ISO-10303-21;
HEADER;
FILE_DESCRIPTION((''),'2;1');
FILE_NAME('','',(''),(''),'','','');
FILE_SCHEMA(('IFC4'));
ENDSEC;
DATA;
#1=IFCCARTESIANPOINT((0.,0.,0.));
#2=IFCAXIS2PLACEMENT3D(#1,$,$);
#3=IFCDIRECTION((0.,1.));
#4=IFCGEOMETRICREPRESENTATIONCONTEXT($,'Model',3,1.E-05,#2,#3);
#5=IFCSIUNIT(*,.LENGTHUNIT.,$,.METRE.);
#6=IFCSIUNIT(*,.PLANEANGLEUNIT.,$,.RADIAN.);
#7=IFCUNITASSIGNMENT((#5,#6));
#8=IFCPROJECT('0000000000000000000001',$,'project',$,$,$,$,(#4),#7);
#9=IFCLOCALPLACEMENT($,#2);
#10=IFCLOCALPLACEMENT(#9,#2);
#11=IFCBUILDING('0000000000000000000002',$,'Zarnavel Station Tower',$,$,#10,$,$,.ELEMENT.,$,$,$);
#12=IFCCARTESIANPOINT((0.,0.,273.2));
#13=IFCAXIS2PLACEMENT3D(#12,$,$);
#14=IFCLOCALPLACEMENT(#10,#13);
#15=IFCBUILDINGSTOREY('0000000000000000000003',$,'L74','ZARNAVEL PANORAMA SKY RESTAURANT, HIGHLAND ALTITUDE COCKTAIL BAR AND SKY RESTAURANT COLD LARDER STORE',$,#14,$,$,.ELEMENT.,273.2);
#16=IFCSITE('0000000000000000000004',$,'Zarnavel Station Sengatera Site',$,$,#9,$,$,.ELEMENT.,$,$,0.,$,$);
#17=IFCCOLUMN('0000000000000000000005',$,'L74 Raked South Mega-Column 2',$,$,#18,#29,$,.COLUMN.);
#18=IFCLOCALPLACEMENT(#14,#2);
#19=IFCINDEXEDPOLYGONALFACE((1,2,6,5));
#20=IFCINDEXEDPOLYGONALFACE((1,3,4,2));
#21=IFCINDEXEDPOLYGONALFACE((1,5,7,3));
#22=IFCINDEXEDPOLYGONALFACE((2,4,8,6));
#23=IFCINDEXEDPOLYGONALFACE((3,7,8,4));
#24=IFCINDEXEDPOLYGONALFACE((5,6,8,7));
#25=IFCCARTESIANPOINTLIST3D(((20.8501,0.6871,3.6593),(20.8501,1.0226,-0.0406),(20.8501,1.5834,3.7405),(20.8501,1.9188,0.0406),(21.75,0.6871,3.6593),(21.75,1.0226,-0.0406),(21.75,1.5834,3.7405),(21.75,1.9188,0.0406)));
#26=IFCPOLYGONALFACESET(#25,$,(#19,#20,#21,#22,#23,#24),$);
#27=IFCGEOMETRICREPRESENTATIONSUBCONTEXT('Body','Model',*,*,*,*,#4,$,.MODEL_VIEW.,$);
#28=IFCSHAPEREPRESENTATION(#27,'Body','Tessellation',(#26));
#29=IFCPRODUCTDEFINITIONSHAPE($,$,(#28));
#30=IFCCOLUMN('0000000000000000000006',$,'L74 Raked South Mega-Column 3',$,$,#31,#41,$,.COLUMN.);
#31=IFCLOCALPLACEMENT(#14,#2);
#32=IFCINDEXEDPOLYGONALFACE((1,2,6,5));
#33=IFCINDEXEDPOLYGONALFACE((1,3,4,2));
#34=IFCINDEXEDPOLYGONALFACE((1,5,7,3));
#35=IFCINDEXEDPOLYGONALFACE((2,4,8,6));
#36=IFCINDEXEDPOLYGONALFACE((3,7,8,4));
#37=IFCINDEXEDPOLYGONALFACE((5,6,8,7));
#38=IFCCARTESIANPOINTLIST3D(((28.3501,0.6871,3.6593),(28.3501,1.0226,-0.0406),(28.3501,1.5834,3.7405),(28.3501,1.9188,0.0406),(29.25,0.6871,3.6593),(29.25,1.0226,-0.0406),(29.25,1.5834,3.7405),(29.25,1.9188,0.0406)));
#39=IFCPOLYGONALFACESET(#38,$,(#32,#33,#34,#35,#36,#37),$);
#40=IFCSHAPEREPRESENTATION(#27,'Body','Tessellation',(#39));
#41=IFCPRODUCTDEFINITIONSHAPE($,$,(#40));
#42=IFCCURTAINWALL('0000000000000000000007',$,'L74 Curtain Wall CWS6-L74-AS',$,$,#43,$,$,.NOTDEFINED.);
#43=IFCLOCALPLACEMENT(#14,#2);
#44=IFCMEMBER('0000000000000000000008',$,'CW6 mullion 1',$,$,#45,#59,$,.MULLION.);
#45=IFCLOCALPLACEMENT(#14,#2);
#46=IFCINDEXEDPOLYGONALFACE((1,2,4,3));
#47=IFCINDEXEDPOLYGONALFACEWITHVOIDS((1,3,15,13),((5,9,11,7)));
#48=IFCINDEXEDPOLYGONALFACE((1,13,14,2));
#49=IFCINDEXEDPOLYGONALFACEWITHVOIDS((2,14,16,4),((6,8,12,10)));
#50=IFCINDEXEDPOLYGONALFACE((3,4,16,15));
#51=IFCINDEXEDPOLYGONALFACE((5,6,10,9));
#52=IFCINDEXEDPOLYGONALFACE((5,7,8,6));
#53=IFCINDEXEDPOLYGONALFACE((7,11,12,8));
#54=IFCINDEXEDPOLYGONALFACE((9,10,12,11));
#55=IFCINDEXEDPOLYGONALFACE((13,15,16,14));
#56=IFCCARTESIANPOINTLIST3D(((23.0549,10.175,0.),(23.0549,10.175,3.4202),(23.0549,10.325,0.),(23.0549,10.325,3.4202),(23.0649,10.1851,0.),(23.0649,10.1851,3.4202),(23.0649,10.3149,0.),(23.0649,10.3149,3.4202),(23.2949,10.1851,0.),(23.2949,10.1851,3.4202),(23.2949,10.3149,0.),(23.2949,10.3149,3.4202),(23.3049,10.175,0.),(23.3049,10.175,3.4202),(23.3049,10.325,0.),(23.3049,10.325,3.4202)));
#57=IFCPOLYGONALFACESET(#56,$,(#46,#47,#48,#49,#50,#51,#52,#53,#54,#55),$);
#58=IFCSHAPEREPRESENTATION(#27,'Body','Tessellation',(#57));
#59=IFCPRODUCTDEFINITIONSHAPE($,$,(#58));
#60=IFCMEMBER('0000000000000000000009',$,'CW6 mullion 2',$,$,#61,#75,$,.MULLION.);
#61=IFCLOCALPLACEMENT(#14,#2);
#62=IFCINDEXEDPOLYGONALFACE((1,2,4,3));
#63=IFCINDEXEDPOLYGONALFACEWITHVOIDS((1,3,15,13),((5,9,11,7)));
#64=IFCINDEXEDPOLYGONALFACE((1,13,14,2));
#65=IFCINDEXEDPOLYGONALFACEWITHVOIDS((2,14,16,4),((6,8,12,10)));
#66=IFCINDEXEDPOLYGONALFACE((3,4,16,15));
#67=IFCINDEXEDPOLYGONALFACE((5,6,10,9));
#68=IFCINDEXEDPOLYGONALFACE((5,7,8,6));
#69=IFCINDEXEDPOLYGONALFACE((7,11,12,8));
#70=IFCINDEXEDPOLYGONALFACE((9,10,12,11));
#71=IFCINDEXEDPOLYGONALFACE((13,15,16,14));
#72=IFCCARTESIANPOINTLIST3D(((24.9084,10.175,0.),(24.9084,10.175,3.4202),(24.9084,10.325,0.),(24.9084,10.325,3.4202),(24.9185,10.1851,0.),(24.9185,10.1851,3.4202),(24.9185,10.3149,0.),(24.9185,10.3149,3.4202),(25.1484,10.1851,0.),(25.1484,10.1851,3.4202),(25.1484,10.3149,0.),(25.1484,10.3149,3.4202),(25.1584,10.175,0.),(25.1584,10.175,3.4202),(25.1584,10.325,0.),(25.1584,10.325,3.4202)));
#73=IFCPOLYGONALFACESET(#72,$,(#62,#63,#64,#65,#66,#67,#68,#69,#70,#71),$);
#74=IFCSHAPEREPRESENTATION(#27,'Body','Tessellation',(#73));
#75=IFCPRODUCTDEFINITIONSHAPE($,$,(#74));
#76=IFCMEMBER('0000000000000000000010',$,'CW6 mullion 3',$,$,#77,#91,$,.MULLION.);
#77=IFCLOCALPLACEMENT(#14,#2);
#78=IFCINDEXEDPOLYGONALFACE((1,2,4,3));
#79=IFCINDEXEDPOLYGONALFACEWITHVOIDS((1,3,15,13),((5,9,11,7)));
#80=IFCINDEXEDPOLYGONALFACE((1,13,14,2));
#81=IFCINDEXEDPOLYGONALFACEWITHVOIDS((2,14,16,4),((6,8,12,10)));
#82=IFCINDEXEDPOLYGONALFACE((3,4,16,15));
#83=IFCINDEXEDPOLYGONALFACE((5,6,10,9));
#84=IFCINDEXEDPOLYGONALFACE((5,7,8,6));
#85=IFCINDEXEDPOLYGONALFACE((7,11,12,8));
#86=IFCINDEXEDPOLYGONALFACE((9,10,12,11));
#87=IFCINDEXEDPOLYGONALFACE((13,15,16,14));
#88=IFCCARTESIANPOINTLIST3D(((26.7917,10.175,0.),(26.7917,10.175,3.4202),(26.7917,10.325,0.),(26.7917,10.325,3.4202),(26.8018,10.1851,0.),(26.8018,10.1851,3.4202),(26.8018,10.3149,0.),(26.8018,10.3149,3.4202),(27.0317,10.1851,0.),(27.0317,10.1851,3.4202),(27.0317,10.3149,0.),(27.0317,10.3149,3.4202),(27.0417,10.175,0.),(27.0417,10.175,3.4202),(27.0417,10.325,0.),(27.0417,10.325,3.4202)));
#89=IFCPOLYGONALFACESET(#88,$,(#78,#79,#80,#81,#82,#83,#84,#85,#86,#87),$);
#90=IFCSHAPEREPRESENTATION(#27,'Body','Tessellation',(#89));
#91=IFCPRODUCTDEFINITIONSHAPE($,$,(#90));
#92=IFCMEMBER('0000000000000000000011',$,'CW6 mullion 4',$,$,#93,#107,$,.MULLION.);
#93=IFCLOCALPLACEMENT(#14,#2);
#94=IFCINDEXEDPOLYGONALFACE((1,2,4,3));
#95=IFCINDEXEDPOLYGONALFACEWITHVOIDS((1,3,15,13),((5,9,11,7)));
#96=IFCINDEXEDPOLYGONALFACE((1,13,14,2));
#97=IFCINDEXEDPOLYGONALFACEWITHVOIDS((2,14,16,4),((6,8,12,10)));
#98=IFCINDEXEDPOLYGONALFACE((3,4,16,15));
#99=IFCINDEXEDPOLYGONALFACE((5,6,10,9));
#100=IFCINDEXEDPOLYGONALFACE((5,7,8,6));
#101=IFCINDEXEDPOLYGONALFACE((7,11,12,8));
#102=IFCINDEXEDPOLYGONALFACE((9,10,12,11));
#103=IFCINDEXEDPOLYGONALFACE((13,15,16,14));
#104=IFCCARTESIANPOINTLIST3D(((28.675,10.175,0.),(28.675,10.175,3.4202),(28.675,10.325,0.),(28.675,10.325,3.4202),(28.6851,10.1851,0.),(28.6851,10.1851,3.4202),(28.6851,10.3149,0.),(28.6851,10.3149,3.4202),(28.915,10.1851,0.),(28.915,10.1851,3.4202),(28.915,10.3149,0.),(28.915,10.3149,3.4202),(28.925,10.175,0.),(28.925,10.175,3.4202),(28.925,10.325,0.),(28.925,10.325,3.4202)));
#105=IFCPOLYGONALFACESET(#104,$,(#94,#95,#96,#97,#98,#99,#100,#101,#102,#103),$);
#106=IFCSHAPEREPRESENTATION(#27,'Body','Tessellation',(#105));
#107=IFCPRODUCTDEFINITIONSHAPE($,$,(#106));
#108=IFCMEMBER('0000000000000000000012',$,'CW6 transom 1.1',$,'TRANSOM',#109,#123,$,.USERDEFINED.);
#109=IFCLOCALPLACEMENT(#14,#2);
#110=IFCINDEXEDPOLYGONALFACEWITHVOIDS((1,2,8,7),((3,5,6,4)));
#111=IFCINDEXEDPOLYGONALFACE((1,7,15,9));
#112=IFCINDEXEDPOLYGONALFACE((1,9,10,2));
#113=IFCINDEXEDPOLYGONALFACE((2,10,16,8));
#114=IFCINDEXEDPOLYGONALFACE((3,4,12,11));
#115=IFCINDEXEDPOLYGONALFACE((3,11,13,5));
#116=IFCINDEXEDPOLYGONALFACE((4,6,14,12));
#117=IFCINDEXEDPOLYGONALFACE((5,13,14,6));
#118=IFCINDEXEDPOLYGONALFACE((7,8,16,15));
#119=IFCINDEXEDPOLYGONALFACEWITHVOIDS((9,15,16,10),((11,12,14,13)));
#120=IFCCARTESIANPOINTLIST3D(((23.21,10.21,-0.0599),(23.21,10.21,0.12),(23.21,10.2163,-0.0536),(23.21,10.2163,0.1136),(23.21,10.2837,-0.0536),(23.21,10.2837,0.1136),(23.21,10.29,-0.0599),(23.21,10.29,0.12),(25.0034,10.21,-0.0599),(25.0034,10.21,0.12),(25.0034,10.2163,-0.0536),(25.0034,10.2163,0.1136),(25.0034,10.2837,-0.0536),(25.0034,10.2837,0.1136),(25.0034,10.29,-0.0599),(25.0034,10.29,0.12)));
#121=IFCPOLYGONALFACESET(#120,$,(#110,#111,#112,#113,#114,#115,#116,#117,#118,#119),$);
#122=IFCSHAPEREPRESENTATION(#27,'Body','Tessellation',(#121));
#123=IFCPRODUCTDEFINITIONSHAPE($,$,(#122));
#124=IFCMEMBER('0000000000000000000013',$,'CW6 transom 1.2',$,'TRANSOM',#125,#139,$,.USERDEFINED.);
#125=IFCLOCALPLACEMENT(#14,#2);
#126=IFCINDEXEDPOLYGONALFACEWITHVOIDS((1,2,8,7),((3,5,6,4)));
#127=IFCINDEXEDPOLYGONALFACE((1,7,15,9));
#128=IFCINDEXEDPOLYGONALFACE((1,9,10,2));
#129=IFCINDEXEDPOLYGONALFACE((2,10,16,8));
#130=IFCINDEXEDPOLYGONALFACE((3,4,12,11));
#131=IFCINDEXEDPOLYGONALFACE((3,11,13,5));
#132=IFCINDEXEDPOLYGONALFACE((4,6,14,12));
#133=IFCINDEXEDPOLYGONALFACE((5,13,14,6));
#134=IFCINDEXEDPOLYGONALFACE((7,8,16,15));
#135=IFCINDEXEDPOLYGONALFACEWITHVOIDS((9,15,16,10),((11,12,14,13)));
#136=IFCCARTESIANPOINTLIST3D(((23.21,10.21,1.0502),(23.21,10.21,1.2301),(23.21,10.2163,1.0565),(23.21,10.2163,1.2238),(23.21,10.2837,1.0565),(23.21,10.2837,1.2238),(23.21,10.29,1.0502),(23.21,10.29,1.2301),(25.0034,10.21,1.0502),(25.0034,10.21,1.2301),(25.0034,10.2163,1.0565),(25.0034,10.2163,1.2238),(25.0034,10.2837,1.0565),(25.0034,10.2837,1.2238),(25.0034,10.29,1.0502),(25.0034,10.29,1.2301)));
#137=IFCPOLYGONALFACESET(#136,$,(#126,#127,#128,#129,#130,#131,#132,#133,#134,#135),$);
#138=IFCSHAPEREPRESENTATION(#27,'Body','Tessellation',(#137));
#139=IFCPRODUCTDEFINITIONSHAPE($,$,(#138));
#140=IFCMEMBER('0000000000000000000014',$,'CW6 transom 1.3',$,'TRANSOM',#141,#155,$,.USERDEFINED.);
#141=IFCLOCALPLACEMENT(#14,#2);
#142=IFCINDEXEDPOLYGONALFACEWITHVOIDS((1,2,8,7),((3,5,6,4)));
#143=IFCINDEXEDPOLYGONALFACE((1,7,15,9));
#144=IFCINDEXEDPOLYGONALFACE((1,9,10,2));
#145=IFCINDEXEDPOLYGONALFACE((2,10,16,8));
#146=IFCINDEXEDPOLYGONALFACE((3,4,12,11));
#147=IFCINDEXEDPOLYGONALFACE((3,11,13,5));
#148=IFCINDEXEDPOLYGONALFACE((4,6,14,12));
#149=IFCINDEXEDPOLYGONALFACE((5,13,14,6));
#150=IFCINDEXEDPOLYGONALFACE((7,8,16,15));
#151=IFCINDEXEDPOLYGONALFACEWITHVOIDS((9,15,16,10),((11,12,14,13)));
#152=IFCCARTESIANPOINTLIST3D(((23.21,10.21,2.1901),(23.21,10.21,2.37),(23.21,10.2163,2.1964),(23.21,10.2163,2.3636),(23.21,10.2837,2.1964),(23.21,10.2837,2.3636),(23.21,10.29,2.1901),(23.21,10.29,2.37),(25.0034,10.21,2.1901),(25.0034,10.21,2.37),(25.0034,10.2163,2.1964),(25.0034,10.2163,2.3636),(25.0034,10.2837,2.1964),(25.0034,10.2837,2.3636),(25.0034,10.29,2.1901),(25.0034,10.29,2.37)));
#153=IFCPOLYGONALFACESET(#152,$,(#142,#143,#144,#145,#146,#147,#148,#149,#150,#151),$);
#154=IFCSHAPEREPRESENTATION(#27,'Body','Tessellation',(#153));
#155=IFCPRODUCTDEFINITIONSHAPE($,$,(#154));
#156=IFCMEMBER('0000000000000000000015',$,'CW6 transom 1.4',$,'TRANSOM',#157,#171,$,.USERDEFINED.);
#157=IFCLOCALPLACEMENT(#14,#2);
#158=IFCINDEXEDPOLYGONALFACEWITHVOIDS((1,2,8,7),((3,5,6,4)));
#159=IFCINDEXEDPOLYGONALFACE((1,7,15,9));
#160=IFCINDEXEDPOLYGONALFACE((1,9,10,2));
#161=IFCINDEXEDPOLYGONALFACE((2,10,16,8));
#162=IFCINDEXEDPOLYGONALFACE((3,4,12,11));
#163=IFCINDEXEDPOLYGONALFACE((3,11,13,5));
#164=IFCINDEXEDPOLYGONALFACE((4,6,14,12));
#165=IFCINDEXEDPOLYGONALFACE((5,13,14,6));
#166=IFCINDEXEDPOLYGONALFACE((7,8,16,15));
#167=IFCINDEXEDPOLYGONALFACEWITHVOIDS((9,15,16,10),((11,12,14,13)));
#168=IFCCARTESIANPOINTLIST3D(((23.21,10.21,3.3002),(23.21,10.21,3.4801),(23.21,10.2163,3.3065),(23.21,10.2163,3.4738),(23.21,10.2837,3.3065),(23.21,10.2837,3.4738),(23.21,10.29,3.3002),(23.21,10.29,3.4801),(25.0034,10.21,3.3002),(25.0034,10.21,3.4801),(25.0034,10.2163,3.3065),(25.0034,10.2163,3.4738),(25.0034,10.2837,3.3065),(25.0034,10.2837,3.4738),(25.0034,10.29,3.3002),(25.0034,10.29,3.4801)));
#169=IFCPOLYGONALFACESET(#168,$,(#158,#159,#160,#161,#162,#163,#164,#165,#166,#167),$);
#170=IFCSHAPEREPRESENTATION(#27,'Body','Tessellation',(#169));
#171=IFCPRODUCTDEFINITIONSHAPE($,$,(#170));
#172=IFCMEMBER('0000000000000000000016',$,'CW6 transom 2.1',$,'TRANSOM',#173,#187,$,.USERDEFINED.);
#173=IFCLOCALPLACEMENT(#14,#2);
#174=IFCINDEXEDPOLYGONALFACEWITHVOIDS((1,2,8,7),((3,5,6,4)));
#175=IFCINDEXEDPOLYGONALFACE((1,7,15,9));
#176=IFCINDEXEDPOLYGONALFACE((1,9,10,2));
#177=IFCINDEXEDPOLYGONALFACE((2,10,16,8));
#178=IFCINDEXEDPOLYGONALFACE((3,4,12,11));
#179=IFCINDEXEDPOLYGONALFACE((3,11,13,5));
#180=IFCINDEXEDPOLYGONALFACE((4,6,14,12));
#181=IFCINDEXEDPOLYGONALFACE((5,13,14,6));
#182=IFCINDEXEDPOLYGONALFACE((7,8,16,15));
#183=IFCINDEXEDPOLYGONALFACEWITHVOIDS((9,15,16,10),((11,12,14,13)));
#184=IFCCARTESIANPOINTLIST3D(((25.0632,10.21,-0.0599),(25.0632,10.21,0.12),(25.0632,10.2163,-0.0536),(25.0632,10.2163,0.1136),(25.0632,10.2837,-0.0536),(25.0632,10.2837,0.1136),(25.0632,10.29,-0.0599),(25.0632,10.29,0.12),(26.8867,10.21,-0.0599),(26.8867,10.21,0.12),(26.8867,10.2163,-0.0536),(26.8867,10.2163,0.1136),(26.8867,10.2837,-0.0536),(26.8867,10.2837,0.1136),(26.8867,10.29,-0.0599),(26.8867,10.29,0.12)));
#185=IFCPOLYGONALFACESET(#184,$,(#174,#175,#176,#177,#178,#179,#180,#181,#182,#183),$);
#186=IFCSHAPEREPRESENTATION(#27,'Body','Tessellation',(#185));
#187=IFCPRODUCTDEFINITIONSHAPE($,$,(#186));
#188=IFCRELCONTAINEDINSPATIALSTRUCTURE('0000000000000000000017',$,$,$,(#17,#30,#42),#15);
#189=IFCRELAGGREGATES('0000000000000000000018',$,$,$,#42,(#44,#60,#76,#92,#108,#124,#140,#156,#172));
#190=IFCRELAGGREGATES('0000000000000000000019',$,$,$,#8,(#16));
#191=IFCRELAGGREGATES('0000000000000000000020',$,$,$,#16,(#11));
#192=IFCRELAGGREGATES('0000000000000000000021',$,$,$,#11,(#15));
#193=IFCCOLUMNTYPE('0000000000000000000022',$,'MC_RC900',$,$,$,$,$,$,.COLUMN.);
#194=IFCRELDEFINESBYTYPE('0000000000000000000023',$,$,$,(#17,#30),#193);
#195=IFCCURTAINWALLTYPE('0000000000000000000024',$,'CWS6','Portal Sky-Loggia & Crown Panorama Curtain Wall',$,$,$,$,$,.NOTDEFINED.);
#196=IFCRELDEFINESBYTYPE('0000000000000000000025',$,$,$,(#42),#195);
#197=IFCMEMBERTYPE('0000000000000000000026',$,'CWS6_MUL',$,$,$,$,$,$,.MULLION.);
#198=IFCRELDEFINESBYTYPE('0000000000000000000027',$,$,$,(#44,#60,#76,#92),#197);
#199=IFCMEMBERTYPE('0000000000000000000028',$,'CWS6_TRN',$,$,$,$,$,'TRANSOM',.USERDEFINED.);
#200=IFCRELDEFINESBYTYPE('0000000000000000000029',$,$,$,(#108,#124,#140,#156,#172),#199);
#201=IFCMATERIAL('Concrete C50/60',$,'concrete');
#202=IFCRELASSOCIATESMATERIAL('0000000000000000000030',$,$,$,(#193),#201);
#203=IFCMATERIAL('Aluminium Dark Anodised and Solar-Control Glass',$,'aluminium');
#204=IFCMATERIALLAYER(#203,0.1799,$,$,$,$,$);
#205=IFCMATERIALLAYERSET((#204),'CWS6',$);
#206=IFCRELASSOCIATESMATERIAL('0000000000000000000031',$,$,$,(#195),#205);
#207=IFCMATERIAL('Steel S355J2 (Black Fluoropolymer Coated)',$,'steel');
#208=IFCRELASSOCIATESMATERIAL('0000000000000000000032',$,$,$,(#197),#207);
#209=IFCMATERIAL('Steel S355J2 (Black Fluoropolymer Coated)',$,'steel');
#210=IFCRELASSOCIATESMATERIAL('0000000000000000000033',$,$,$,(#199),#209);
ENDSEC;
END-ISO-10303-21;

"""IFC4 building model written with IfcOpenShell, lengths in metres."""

from ifc_helpers import new_model, si_unit, direction, frame, origin, origin_2d, place, context, subcontext, project, spatial, rectangle, hollow_rectangle, extrude, material, layer, layer_set, material_profile, profile_set, type_object, element, aggregate, save


model = new_model("IFC4")

# Units and contexts
model_context = context("Model", 3, precision=1e-05, world=origin(), true_north=direction((0.0, 1.0)))
body_context = subcontext(model_context, "Body", "Model", "MODEL_VIEW")
ifc_project = project(units=[si_unit("LENGTHUNIT", "METRE"), si_unit("PLANEANGLEUNIT", "RADIAN")], contexts=[model_context])

# Site, building, storey
site_placement = place(None, origin())
site = spatial("IfcSite", under=ifc_project, at=site_placement, Name="Zarnavel Station Sengatera Site", CompositionType="ELEMENT", RefElevation=0.0)
building_placement = place(site_placement, origin())
building = spatial("IfcBuilding", under=site, at=building_placement, Name="Zarnavel Station Tower", CompositionType="ELEMENT")
storey_placement = place(building_placement, frame((0.0, 0.0, 273.2)))
storey = spatial("IfcBuildingStorey", under=building, at=storey_placement, Name="L74", Description="ZARNAVEL PANORAMA SKY RESTAURANT, HIGHLAND ALTITUDE COCKTAIL BAR AND SKY RESTAURANT COLD LARDER STORE", CompositionType="ELEMENT", Elevation=273.2)

# Columns
ifc_material_1 = material(Name="Concrete C50/60", Category="concrete")
ifc_material_profile_1 = material_profile(ifc_material_1, rectangle(XDim=0.8999, YDim=0.8999, at=origin_2d()), Name="RC900x900")
ifc_profile_set_1 = profile_set([ifc_material_profile_1], Name="Concrete C50/60")
column_type = type_object("IfcColumnType", Name="MC_RC900", PredefinedType="COLUMN", material=ifc_profile_set_1)
for number, where, z_axis, x_axis, name in (
    (1, (21.3, 1.4707, 0.0), (0.0, -0.090293, 0.995915), (1.0, 0.0, 0.0), "L74 Raked South Mega-Column 2"),
    (2, (28.8, 1.4707, 0.0), (0.0, -0.090293, 0.995915), (1.0, 0.0, 0.0), "L74 Raked South Mega-Column 3"),
):
    element("IfcColumn", number, at=place(storey_placement, frame(where, z_axis=z_axis, x_axis=x_axis)), inside=storey, type_object=column_type, Name=name, PredefinedType="COLUMN", context=body_context, shape_type="SweptSolid", body=[
        extrude(rectangle(XDim=0.8999, YDim=0.8999, at=origin_2d()), origin(), (0.0, 0.0, 1.0), 3.7151),
    ])

# Curtain wall, members
ifc_material_2 = material(Name="Aluminium Dark Anodised and Solar-Control Glass", Category="aluminium")
ifc_layer_1 = layer(ifc_material_2, 0.1799)
ifc_layer_set_1 = layer_set([ifc_layer_1], Name="CWS6")
curtain_wall_type = type_object("IfcCurtainWallType", Name="CWS6", Description="Portal Sky-Loggia & Crown Panorama Curtain Wall", PredefinedType="NOTDEFINED", material=ifc_layer_set_1)
curtain_wall_placement = place(storey_placement, origin())
curtain_wall = element("IfcCurtainWall", 3, at=curtain_wall_placement, inside=storey, type_object=curtain_wall_type, Name="L74 Curtain Wall CWS6-L74-AS", PredefinedType="NOTDEFINED")
ifc_material_3 = material(Name="Steel S355J2 (Black Fluoropolymer Coated)", Category="steel")
ifc_material_profile_2 = material_profile(ifc_material_3, hollow_rectangle(XDim=0.1499, YDim=0.25, WallThickness=0.01, at=origin_2d()), Name="RHS250x150x10")
ifc_profile_set_2 = profile_set([ifc_material_profile_2], Name="Steel S355J2 (Black Fluoropolymer Coated)")
member_type_1 = type_object("IfcMemberType", Name="CWS6_MUL", PredefinedType="MULLION", material=ifc_profile_set_2)
member_1_placement = place(storey_placement, frame((23.1799, 10.25, 0.0), z_axis=(0.0, 0.0, 1.0), x_axis=(0.0, 1.0, 0.0)))
member_1 = element("IfcMember", 4, at=member_1_placement, type_object=member_type_1, Name="CW6 mullion 1", PredefinedType="MULLION", context=body_context, shape_type="SweptSolid", body=[
    extrude(hollow_rectangle(XDim=0.1499, YDim=0.25, WallThickness=0.01, at=origin_2d()), origin(), (0.0, 0.0, 1.0), 3.4202),
])
member_2_placement = place(storey_placement, frame((25.0334, 10.25, 0.0), z_axis=(0.0, 0.0, 1.0), x_axis=(0.0, 1.0, 0.0)))
member_2 = element("IfcMember", 5, at=member_2_placement, type_object=member_type_1, Name="CW6 mullion 2", PredefinedType="MULLION", context=body_context, shape_type="SweptSolid", body=[
    extrude(hollow_rectangle(XDim=0.1499, YDim=0.25, WallThickness=0.01, at=origin_2d()), origin(), (0.0, 0.0, 1.0), 3.4202),
])
member_3_placement = place(storey_placement, frame((26.9167, 10.25, 0.0), z_axis=(0.0, 0.0, 1.0), x_axis=(0.0, 1.0, 0.0)))
member_3 = element("IfcMember", 6, at=member_3_placement, type_object=member_type_1, Name="CW6 mullion 3", PredefinedType="MULLION", context=body_context, shape_type="SweptSolid", body=[
    extrude(hollow_rectangle(XDim=0.1499, YDim=0.25, WallThickness=0.01, at=origin_2d()), origin(), (0.0, 0.0, 1.0), 3.4202),
])
member_4_placement = place(storey_placement, frame((28.8, 10.25, 0.0), z_axis=(0.0, 0.0, 1.0), x_axis=(0.0, 1.0, 0.0)))
member_4 = element("IfcMember", 7, at=member_4_placement, type_object=member_type_1, Name="CW6 mullion 4", PredefinedType="MULLION", context=body_context, shape_type="SweptSolid", body=[
    extrude(hollow_rectangle(XDim=0.1499, YDim=0.25, WallThickness=0.01, at=origin_2d()), origin(), (0.0, 0.0, 1.0), 3.4202),
])
ifc_material_4 = material(Name="Steel S355J2 (Black Fluoropolymer Coated)", Category="steel")
ifc_material_profile_3 = material_profile(ifc_material_4, hollow_rectangle(XDim=0.0801, YDim=0.1799, WallThickness=0.0063, at=origin_2d()), Name="RHS180x80x6.3")
ifc_profile_set_3 = profile_set([ifc_material_profile_3], Name="Steel S355J2 (Black Fluoropolymer Coated)")
member_type_2 = type_object("IfcMemberType", Name="CWS6_TRN", ElementType="TRANSOM", PredefinedType="USERDEFINED", material=ifc_profile_set_3)
member_5_placement = place(storey_placement, frame((23.21, 10.25, 0.03), z_axis=(1.0, 0.0, 0.0), x_axis=(0.0, 1.0, 0.0)))
member_5 = element("IfcMember", 8, at=member_5_placement, type_object=member_type_2, Name="CW6 transom 1.1", ObjectType="TRANSOM", PredefinedType="USERDEFINED", context=body_context, shape_type="SweptSolid", body=[
    extrude(hollow_rectangle(XDim=0.0801, YDim=0.1799, WallThickness=0.0063, at=origin_2d()), origin(), (0.0, 0.0, 1.0), 1.7935),
])
member_6_placement = place(storey_placement, frame((23.21, 10.25, 1.1401), z_axis=(1.0, 0.0, 0.0), x_axis=(0.0, 1.0, 0.0)))
member_6 = element("IfcMember", 9, at=member_6_placement, type_object=member_type_2, Name="CW6 transom 1.2", ObjectType="TRANSOM", PredefinedType="USERDEFINED", context=body_context, shape_type="SweptSolid", body=[
    extrude(hollow_rectangle(XDim=0.0801, YDim=0.1799, WallThickness=0.0063, at=origin_2d()), origin(), (0.0, 0.0, 1.0), 1.7935),
])
member_7_placement = place(storey_placement, frame((23.21, 10.25, 2.28), z_axis=(1.0, 0.0, 0.0), x_axis=(0.0, 1.0, 0.0)))
member_7 = element("IfcMember", 10, at=member_7_placement, type_object=member_type_2, Name="CW6 transom 1.3", ObjectType="TRANSOM", PredefinedType="USERDEFINED", context=body_context, shape_type="SweptSolid", body=[
    extrude(hollow_rectangle(XDim=0.0801, YDim=0.1799, WallThickness=0.0063, at=origin_2d()), origin(), (0.0, 0.0, 1.0), 1.7935),
])
member_8_placement = place(storey_placement, frame((23.21, 10.25, 3.3901), z_axis=(1.0, 0.0, 0.0), x_axis=(0.0, 1.0, 0.0)))
member_8 = element("IfcMember", 11, at=member_8_placement, type_object=member_type_2, Name="CW6 transom 1.4", ObjectType="TRANSOM", PredefinedType="USERDEFINED", context=body_context, shape_type="SweptSolid", body=[
    extrude(hollow_rectangle(XDim=0.0801, YDim=0.1799, WallThickness=0.0063, at=origin_2d()), origin(), (0.0, 0.0, 1.0), 1.7935),
])
member_9_placement = place(storey_placement, frame((25.0632, 10.25, 0.03), z_axis=(1.0, 0.0, 0.0), x_axis=(0.0, 1.0, 0.0)))
member_9 = element("IfcMember", 12, at=member_9_placement, type_object=member_type_2, Name="CW6 transom 2.1", ObjectType="TRANSOM", PredefinedType="USERDEFINED", context=body_context, shape_type="SweptSolid", body=[
    extrude(hollow_rectangle(XDim=0.0801, YDim=0.1799, WallThickness=0.0063, at=origin_2d()), origin(), (0.0, 0.0, 1.0), 1.8235),
])

aggregate(curtain_wall, [member_1, member_2, member_3, member_4, member_5, member_6, member_7, member_8, member_9])

save(model, "model.ifc")
